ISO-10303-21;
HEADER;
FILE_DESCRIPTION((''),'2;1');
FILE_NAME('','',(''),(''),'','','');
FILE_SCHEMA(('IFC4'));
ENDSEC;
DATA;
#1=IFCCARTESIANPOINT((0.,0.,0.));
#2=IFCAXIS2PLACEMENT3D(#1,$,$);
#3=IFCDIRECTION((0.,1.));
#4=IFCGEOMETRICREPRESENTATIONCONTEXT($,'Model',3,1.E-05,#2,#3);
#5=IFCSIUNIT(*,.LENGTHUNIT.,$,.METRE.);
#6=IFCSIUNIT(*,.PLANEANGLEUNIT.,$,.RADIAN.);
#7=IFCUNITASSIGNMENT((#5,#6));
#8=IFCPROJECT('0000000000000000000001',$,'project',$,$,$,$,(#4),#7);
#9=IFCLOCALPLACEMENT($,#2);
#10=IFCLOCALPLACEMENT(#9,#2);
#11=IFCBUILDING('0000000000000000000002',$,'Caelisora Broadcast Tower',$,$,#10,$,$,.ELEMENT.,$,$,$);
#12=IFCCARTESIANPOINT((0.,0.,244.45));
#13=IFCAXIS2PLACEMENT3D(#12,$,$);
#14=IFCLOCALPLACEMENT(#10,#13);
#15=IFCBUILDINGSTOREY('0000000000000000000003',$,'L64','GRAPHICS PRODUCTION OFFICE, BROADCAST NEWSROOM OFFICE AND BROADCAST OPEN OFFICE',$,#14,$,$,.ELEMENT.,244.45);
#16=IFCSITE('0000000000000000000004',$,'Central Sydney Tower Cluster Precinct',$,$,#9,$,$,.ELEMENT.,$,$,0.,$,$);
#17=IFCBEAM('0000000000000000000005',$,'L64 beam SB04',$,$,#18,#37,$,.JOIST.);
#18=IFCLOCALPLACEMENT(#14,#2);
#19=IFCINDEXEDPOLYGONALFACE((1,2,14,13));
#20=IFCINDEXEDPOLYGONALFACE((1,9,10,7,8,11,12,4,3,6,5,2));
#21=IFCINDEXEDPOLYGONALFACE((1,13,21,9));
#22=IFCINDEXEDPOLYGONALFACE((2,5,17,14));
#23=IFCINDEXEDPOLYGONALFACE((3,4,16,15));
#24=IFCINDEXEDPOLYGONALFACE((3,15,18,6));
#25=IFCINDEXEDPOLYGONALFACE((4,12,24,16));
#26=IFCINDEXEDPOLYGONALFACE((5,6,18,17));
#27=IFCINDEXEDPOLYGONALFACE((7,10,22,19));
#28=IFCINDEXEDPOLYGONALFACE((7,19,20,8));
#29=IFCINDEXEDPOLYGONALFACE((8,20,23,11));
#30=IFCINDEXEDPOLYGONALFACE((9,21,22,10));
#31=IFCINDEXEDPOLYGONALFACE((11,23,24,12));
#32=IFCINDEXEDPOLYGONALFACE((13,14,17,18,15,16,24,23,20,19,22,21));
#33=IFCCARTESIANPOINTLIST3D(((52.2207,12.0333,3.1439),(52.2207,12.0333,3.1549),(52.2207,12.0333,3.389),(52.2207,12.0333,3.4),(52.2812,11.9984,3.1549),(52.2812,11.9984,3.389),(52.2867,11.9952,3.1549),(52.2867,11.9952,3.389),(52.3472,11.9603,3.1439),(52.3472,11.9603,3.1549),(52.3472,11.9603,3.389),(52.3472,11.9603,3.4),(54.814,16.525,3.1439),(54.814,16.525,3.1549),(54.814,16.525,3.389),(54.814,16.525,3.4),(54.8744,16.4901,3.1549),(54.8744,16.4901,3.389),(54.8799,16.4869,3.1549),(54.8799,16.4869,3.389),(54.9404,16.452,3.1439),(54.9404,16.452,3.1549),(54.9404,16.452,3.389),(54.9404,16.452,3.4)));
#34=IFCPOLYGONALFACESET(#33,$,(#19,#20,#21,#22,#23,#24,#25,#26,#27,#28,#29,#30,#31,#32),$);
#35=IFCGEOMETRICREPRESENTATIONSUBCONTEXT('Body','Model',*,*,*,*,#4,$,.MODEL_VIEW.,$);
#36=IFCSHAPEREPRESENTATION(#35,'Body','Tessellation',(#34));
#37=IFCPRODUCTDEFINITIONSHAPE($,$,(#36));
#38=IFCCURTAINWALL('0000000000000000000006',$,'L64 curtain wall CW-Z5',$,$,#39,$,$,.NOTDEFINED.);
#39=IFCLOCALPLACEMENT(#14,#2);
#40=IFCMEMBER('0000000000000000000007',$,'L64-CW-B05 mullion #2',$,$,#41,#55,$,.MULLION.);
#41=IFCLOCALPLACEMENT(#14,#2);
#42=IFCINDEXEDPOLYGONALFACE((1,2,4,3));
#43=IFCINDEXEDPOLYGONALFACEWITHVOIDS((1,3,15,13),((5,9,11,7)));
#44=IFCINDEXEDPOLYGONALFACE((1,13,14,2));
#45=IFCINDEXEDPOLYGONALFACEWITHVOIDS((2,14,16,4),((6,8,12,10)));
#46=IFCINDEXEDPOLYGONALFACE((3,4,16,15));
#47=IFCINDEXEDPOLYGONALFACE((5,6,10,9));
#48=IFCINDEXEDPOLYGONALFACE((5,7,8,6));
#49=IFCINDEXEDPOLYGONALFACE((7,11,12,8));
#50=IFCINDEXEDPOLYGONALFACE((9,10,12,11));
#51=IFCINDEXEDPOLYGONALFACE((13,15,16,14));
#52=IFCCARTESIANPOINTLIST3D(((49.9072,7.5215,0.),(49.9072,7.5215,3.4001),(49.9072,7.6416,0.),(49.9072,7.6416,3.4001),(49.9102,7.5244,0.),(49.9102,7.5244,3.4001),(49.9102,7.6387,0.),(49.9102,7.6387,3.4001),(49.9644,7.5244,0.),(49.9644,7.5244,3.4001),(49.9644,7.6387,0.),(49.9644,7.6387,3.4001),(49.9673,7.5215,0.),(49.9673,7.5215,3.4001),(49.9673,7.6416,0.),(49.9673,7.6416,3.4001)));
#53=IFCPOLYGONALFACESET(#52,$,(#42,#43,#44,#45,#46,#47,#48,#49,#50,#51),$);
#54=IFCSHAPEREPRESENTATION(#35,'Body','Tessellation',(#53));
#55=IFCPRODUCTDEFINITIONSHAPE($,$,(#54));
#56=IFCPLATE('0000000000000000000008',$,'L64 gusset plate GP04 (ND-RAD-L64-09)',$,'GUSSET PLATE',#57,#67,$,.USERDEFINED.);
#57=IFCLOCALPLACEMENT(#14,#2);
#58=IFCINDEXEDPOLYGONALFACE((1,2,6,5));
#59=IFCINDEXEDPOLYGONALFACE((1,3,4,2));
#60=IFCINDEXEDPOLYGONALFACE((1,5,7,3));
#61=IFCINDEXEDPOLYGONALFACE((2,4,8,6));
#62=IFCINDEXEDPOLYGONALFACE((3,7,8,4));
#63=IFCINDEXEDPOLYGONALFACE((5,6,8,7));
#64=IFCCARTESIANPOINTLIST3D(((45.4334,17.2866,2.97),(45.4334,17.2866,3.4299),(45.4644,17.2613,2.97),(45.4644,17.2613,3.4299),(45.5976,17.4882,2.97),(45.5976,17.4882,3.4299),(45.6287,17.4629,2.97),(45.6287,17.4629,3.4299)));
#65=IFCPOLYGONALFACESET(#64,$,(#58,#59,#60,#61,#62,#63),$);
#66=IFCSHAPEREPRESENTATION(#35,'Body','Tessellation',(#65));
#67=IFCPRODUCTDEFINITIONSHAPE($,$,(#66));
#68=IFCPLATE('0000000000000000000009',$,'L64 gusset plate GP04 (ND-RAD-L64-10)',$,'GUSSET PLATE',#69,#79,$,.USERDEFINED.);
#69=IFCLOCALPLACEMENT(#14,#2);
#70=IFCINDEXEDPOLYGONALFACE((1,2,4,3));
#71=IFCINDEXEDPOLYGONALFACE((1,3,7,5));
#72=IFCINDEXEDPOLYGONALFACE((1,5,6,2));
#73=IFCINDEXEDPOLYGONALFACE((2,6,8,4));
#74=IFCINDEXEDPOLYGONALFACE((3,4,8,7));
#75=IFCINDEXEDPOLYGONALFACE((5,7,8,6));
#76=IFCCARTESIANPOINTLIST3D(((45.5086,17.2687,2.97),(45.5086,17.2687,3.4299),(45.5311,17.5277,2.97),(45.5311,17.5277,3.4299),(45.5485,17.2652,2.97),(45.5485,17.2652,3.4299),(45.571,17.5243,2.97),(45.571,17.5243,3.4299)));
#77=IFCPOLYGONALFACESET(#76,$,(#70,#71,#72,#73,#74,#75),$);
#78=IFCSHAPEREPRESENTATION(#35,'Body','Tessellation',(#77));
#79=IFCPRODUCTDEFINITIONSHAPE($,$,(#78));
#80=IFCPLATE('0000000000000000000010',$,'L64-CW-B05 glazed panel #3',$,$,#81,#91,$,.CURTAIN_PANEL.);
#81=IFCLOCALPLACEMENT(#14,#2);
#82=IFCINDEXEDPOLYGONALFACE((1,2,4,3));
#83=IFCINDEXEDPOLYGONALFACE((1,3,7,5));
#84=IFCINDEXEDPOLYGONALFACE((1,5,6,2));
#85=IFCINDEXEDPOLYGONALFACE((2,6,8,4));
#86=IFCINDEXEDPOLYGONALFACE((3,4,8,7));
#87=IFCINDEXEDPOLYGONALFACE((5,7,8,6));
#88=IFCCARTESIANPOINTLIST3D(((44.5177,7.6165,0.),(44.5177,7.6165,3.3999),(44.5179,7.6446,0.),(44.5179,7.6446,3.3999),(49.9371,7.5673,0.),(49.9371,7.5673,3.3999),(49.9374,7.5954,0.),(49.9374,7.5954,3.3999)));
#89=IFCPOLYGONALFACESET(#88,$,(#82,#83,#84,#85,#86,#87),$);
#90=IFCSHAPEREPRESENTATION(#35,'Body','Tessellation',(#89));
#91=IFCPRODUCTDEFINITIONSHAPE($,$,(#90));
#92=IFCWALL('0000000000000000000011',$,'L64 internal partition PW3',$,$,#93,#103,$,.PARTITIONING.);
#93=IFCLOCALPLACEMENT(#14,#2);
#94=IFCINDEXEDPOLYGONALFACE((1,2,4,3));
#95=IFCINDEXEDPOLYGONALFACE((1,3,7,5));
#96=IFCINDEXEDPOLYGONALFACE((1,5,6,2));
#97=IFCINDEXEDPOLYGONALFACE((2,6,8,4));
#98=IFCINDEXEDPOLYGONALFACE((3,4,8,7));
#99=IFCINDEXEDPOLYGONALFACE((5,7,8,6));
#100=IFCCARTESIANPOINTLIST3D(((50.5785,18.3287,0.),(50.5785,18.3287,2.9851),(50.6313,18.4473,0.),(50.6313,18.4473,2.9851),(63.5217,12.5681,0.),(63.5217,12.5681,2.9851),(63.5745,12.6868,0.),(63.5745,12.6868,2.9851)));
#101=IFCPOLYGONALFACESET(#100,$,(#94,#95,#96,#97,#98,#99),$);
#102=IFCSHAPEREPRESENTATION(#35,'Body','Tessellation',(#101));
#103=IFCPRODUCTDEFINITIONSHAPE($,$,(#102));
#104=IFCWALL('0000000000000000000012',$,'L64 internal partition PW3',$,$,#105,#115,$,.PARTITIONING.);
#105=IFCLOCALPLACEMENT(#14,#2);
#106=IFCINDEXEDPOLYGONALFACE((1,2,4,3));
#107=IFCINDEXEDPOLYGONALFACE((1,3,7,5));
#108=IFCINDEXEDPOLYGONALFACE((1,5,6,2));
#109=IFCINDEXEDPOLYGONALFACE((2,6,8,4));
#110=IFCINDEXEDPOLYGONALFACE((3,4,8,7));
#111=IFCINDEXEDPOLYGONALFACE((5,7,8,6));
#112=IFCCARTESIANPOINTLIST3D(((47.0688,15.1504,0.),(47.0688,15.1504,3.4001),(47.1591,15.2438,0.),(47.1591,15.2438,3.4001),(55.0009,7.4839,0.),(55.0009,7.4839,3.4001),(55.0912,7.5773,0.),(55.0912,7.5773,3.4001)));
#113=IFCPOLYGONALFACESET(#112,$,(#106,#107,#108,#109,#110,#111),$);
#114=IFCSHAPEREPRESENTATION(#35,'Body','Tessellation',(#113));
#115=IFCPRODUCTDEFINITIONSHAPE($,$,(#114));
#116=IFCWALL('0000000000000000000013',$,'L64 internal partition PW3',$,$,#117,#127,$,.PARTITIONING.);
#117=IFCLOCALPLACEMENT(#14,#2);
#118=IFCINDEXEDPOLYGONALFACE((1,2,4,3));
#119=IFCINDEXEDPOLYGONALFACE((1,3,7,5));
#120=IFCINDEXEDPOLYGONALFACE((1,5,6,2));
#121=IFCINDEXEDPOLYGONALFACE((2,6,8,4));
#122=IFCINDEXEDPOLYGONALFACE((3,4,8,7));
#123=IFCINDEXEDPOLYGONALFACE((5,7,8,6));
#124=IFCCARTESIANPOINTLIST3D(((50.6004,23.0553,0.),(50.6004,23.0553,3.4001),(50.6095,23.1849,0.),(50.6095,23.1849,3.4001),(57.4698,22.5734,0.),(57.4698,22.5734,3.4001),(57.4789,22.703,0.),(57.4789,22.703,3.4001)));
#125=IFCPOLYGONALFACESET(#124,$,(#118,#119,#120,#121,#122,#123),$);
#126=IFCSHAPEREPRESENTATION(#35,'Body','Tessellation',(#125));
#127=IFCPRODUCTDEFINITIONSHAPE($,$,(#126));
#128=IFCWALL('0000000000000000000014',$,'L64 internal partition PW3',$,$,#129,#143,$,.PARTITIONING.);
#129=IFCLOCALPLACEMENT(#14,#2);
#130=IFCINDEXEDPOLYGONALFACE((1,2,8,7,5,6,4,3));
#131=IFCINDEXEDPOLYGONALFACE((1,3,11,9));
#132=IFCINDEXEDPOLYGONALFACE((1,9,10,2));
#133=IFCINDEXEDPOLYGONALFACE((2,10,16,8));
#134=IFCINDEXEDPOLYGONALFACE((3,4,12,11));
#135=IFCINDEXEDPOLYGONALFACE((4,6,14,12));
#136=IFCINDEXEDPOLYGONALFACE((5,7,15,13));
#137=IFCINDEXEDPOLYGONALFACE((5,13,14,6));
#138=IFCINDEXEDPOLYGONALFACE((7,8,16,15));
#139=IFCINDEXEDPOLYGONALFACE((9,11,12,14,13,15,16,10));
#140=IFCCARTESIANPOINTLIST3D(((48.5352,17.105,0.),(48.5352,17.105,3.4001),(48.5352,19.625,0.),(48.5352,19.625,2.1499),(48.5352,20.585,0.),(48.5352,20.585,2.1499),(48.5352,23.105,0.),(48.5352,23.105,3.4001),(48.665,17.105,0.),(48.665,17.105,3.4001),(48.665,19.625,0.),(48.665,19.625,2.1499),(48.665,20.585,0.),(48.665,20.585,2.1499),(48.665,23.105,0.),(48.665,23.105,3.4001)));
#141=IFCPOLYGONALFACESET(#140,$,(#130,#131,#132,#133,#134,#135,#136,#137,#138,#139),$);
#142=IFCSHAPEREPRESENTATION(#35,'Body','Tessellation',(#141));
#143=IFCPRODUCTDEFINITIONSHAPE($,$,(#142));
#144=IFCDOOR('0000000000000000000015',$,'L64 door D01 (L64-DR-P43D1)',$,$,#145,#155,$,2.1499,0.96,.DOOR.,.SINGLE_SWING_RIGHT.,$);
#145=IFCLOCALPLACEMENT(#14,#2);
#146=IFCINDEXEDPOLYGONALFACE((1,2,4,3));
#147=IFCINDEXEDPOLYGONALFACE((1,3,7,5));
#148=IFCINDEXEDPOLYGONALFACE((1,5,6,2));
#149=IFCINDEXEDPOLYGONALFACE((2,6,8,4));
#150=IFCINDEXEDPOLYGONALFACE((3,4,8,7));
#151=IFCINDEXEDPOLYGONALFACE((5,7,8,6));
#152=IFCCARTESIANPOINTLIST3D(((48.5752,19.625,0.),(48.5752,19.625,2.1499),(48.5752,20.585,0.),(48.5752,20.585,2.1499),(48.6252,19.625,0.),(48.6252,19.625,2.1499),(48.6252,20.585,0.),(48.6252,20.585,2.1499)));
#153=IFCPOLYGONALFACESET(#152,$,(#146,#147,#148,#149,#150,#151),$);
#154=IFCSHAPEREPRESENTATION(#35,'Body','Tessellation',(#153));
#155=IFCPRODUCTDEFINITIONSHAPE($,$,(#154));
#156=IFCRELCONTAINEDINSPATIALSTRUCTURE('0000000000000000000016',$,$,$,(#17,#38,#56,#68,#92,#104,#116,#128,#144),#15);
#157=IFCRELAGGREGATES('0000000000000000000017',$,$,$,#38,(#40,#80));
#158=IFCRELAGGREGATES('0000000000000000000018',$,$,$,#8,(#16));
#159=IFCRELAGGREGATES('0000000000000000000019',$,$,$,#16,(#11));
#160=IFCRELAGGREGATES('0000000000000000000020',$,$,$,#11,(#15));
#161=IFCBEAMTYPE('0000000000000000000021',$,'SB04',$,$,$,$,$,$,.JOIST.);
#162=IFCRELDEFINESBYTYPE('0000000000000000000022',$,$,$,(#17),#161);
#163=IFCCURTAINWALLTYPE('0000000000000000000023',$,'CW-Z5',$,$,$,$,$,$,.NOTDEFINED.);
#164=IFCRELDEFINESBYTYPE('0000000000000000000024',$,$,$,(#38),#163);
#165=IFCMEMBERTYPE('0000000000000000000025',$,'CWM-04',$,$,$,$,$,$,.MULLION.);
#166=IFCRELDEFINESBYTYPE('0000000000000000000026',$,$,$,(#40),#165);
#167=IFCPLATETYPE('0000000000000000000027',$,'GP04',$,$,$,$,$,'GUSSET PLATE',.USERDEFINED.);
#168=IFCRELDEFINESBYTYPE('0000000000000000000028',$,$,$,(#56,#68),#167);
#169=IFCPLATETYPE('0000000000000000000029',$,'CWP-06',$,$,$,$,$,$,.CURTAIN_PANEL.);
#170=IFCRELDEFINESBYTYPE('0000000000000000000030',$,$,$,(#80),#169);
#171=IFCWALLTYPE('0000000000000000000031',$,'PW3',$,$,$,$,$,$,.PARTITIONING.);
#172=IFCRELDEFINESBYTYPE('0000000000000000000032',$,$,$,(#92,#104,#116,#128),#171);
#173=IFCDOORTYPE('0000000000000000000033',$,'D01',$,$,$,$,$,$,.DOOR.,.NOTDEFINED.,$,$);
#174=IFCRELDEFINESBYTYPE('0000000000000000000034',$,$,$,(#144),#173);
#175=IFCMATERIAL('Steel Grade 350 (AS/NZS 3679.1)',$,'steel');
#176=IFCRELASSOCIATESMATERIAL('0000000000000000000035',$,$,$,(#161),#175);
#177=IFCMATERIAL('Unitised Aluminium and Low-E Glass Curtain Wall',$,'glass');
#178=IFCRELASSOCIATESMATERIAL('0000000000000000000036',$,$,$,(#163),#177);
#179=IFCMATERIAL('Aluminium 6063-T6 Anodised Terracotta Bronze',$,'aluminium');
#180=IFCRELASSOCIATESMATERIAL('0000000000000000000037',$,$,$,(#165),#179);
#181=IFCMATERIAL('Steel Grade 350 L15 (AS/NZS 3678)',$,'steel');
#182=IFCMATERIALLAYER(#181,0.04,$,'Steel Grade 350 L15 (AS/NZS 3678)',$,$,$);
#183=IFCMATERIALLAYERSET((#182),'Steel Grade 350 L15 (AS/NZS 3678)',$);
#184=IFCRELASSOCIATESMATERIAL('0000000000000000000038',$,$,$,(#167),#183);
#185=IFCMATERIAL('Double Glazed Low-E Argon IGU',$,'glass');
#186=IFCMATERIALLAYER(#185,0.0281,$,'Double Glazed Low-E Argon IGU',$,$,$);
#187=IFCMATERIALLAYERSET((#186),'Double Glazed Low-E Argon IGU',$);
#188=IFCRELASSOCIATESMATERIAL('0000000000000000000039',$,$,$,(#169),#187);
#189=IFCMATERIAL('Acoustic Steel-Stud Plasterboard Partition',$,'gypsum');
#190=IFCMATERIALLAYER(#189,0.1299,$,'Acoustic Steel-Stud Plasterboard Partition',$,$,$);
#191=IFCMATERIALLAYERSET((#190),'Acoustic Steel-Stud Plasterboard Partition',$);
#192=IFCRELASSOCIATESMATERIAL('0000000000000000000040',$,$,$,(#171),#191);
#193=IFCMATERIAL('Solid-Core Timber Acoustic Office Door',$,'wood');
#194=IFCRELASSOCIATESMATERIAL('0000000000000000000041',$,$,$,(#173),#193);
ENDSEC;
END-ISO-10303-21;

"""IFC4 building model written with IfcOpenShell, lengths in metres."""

from ifc_helpers import new_model, si_unit, direction, frame, frame_2d, origin, origin_2d, place, context, subcontext, project, spatial, rectangle, hollow_rectangle, i_section, extrude, source, transform, mapped, material, layer, layer_set, material_profile, profile_set, type_object, type_shapes, element, fill, aggregate, save


model = new_model("IFC4")

# Units and contexts
model_context = context("Model", 3, precision=1e-05, world=origin(), true_north=direction((0.0, 1.0)))
body_context = subcontext(model_context, "Body", "Model", "MODEL_VIEW")
ifc_project = project(units=[si_unit("LENGTHUNIT", "METRE"), si_unit("PLANEANGLEUNIT", "RADIAN")], contexts=[model_context])

# Site, building, storey
site_placement = place(None, origin())
site = spatial("IfcSite", under=ifc_project, at=site_placement, Name="Central Sydney Tower Cluster Precinct", CompositionType="ELEMENT", RefElevation=0.0)
building_placement = place(site_placement, origin())
building = spatial("IfcBuilding", under=site, at=building_placement, Name="Caelisora Broadcast Tower", CompositionType="ELEMENT")
storey_placement = place(building_placement, frame((0.0, 0.0, 244.45)))
storey = spatial("IfcBuildingStorey", under=building, at=storey_placement, Name="L64", Description="GRAPHICS PRODUCTION OFFICE, BROADCAST NEWSROOM OFFICE AND BROADCAST OPEN OFFICE", CompositionType="ELEMENT", Elevation=244.45)

# Shared definitions
ifc_material_1 = material(Name="Steel Grade 350 (AS/NZS 3679.1)", Category="steel")

# Beam
ifc_material_profile_1 = material_profile(ifc_material_1, i_section(OverallWidth=0.146, OverallDepth=0.2561, WebThickness=0.0063, FlangeThickness=0.011, at=origin_2d()), Name="Steel Grade 350 (AS/NZS 3679.1)")
ifc_profile_set_1 = profile_set([ifc_material_profile_1], Name="Steel Grade 350 (AS/NZS 3679.1)")
beam_type_1 = type_object("IfcBeamType", Name="SB04", PredefinedType="JOIST", material=ifc_profile_set_1)
shared_shape_1 = source(origin(), body_context, "Body", "SweptSolid", [
    extrude(i_section(OverallWidth=0.146, OverallDepth=0.2561, WebThickness=0.0063, FlangeThickness=0.011, at=origin_2d()), origin(), (0.0, 0.0, 1.0), 5.1865),
])
beam_1_placement = place(storey_placement, frame((52.2839, 11.9968, 3.272), z_axis=(0.499997, 0.866027, 0.0), x_axis=(-0.866027, 0.499997, 0.0)))
element("IfcBeam", 1, at=beam_1_placement, inside=storey, type_object=beam_type_1, Name="L64 beam SB04", PredefinedType="JOIST", context=body_context, shape_type="MappedRepresentation", body=[
    mapped(shared_shape_1, transform((0.0, 0.0, 0.0), scale=1.0)),
])

# Curtain wall, member
ifc_material_2 = material(Name="Unitised Aluminium and Low-E Glass Curtain Wall", Category="glass")
curtain_wall_type = type_object("IfcCurtainWallType", Name="CW-Z5", PredefinedType="NOTDEFINED", material=ifc_material_2)
curtain_wall_placement = place(storey_placement, origin())
curtain_wall = element("IfcCurtainWall", 2, at=curtain_wall_placement, inside=storey, type_object=curtain_wall_type, Name="L64 curtain wall CW-Z5", PredefinedType="NOTDEFINED")
ifc_material_3 = material(Name="Aluminium 6063-T6 Anodised Terracotta Bronze", Category="aluminium")
ifc_material_profile_2 = material_profile(ifc_material_3, hollow_rectangle(XDim=0.0601, YDim=0.1201, WallThickness=0.0029, at=origin_2d()), Name="Aluminium 6063-T6 Anodised Terracotta Bronze")
ifc_profile_set_2 = profile_set([ifc_material_profile_2], Name="Aluminium 6063-T6 Anodised Terracotta Bronze")
member_type = type_object("IfcMemberType", Name="CWM-04", PredefinedType="MULLION", material=ifc_profile_set_2)
shared_shape_2 = source(origin(), body_context, "Body", "SweptSolid", [
    extrude(hollow_rectangle(XDim=0.0601, YDim=0.1201, WallThickness=0.0029, at=origin_2d()), origin(), (0.0, 0.0, 1.0), 3.4001),
])
type_shapes(member_type, [shared_shape_2])
member_placement = place(storey_placement, frame((49.9373, 7.5815, 0.0), z_axis=(0.0, 0.0, 1.0), x_axis=(1.0, 0.0, 0.0)))
member = element("IfcMember", 3, at=member_placement, type_object=member_type, Name="L64-CW-B05 mullion #2", PredefinedType="MULLION", context=body_context, shape_type="MappedRepresentation", body=[
    mapped(shared_shape_2, transform((0.0, 0.0, 0.0), scale=1.0)),
])

# Plates
ifc_material_4 = material(Name="Steel Grade 350 L15 (AS/NZS 3678)", Category="steel")
ifc_layer_1 = layer(ifc_material_4, 0.04, Name="Steel Grade 350 L15 (AS/NZS 3678)")
ifc_layer_set_1 = layer_set([ifc_layer_1], Name="Steel Grade 350 L15 (AS/NZS 3678)")
plate_type_1 = type_object("IfcPlateType", Name="GP04", ElementType="GUSSET PLATE", PredefinedType="USERDEFINED", material=ifc_layer_set_1)
shared_shape_3 = source(origin(), body_context, "Body", "SweptSolid", [
    extrude(rectangle(XDim=0.26, YDim=0.04, at=origin_2d()), origin(), (0.0, 0.0, 1.0), 0.46),
])
type_shapes(plate_type_1, [shared_shape_3])
for number, where, z_axis, x_axis, name in (
    (4, (45.531, 17.3748, 2.97), (0.0, 0.0, 1.0), (0.631759, 0.775165, 0.0), "L64 gusset plate GP04 (ND-RAD-L64-09)"),
    (5, (45.5398, 17.3965, 2.97), (0.0, 0.0, 1.0), (0.08646, 0.996255, 0.0), "L64 gusset plate GP04 (ND-RAD-L64-10)"),
):
    element("IfcPlate", number, at=place(storey_placement, frame(where, z_axis=z_axis, x_axis=x_axis)), inside=storey, type_object=plate_type_1, Name=name, ObjectType="GUSSET PLATE", PredefinedType="USERDEFINED", context=body_context, shape_type="MappedRepresentation", body=[
        mapped(shared_shape_3, transform((0.0, 0.0, 0.0), scale=1.0)),
    ])

# Plate
ifc_material_5 = material(Name="Double Glazed Low-E Argon IGU", Category="glass")
ifc_layer_2 = layer(ifc_material_5, 0.0281, Name="Double Glazed Low-E Argon IGU")
ifc_layer_set_2 = layer_set([ifc_layer_2], Name="Double Glazed Low-E Argon IGU")
plate_type_2 = type_object("IfcPlateType", Name="CWP-06", PredefinedType="CURTAIN_PANEL", material=ifc_layer_set_2)
shared_shape_4 = source(origin(), body_context, "Body", "SweptSolid", [
    extrude(rectangle(XDim=5.4197, YDim=0.0281, at=origin_2d()), origin(), (0.0, 0.0, 1.0), 3.3999),
])
type_shapes(plate_type_2, [shared_shape_4])
plate_placement = place(storey_placement, frame((47.2275, 7.606, 0.0), z_axis=(0.0, 0.0, 1.0), x_axis=(-0.999959, 0.009076, 0.0)))
plate = element("IfcPlate", 6, at=plate_placement, type_object=plate_type_2, Name="L64-CW-B05 glazed panel #3", PredefinedType="CURTAIN_PANEL", context=body_context, shape_type="MappedRepresentation", body=[
    mapped(shared_shape_4, transform((0.0, 0.0, 0.0), scale=1.0)),
])
aggregate(curtain_wall, [member, plate])

# Walls
ifc_material_6 = material(Name="Acoustic Steel-Stud Plasterboard Partition", Category="gypsum")
ifc_layer_3 = layer(ifc_material_6, 0.1299, Name="Acoustic Steel-Stud Plasterboard Partition")
ifc_layer_set_3 = layer_set([ifc_layer_3], Name="Acoustic Steel-Stud Plasterboard Partition")
wall_type = type_object("IfcWallType", Name="PW3", PredefinedType="PARTITIONING", material=ifc_layer_set_3)
wall_1_placement = place(storey_placement, frame((50.605, 18.3879, 0.0), z_axis=(0.0, 0.0, 1.0), x_axis=(0.913602, -0.40661, 0.0)))
element("IfcWall", 7, at=wall_1_placement, inside=storey, type_object=wall_type, Name="L64 internal partition PW3", PredefinedType="PARTITIONING", context=body_context, shape_type="SweptSolid", body=[
    extrude(rectangle(XDim=14.1672, YDim=0.1299, at=frame_2d((7.0835, 0.0))), origin(), (0.0, 0.0, 1.0), 2.9851),
])
wall_2_placement = place(storey_placement, frame((47.114, 15.197, 0.0), z_axis=(0.0, 0.0, 1.0), x_axis=(0.719044, -0.694965, 0.0)))
element("IfcWall", 8, at=wall_2_placement, inside=storey, type_object=wall_type, Name="L64 internal partition PW3", PredefinedType="PARTITIONING", context=body_context, shape_type="SweptSolid", body=[
    extrude(rectangle(XDim=11.0315, YDim=0.1299, at=frame_2d((5.5156, 0.0))), origin(), (0.0, 0.0, 1.0), 3.4001),
])
wall_3_placement = place(storey_placement, frame((50.605, 23.1201, 0.0), z_axis=(0.0, 0.0, 1.0), x_axis=(0.997548, -0.069985, 0.0)))
element("IfcWall", 9, at=wall_3_placement, inside=storey, type_object=wall_type, Name="L64 internal partition PW3", PredefinedType="PARTITIONING", context=body_context, shape_type="SweptSolid", body=[
    extrude(rectangle(XDim=6.8862, YDim=0.1299, at=frame_2d((3.4431, 0.0))), origin(), (0.0, 0.0, 1.0), 3.4001),
])

# Wall, opening, door
wall_4_placement = place(storey_placement, frame((48.6001, 17.105, 0.0), z_axis=(0.0, 0.0, 1.0), x_axis=(0.0, 1.0, 0.0)))
wall_4 = element("IfcWall", 10, at=wall_4_placement, inside=storey, type_object=wall_type, Name="L64 internal partition PW3", PredefinedType="PARTITIONING", context=body_context, shape_type="SweptSolid", body=[
    extrude(rectangle(XDim=6.0, YDim=0.1299, at=frame_2d((3.0, 0.0))), origin(), (0.0, 0.0, 1.0), 3.4001),
])
opening_1_placement = place(wall_4_placement, frame((2.52, 0.0, 0.0)))
opening_1 = element("IfcOpeningElement", 11, at=opening_1_placement, cuts=wall_4, PredefinedType="OPENING", context=body_context, shape_type="SweptSolid", body=[
    extrude(rectangle(XDim=0.96, YDim=2.1499, at=frame_2d((0.48, 1.075))), frame((0.0, 0.0769, 0.0), z_axis=(0.0, -1.0, 0.0), x_axis=(1.0, 0.0, 0.0)), (0.0, 0.0, 1.0), 0.1538),
])
ifc_material_7 = material(Name="Solid-Core Timber Acoustic Office Door", Category="wood")
door_type = type_object("IfcDoorType", Name="D01", OperationType="NOTDEFINED", PredefinedType="DOOR", material=ifc_material_7)
door_1_placement = place(opening_1_placement, origin())
door_1 = element("IfcDoor", 12, at=door_1_placement, inside=storey, type_object=door_type, Name="L64 door D01 (L64-DR-P43D1)", OperationType="SINGLE_SWING_RIGHT", OverallHeight=2.1499, OverallWidth=0.96, PredefinedType="DOOR", context=body_context, shape_type="SweptSolid", body=[
    extrude(rectangle(XDim=0.96, YDim=2.1499, at=frame_2d((0.48, 1.075))), frame((0.0, 0.0249, 0.0), z_axis=(0.0, -1.0, 0.0), x_axis=(1.0, 0.0, 0.0)), (0.0, 0.0, 1.0), 0.05),
])
fill(opening_1, door_1)

save(model, "model.ifc")
